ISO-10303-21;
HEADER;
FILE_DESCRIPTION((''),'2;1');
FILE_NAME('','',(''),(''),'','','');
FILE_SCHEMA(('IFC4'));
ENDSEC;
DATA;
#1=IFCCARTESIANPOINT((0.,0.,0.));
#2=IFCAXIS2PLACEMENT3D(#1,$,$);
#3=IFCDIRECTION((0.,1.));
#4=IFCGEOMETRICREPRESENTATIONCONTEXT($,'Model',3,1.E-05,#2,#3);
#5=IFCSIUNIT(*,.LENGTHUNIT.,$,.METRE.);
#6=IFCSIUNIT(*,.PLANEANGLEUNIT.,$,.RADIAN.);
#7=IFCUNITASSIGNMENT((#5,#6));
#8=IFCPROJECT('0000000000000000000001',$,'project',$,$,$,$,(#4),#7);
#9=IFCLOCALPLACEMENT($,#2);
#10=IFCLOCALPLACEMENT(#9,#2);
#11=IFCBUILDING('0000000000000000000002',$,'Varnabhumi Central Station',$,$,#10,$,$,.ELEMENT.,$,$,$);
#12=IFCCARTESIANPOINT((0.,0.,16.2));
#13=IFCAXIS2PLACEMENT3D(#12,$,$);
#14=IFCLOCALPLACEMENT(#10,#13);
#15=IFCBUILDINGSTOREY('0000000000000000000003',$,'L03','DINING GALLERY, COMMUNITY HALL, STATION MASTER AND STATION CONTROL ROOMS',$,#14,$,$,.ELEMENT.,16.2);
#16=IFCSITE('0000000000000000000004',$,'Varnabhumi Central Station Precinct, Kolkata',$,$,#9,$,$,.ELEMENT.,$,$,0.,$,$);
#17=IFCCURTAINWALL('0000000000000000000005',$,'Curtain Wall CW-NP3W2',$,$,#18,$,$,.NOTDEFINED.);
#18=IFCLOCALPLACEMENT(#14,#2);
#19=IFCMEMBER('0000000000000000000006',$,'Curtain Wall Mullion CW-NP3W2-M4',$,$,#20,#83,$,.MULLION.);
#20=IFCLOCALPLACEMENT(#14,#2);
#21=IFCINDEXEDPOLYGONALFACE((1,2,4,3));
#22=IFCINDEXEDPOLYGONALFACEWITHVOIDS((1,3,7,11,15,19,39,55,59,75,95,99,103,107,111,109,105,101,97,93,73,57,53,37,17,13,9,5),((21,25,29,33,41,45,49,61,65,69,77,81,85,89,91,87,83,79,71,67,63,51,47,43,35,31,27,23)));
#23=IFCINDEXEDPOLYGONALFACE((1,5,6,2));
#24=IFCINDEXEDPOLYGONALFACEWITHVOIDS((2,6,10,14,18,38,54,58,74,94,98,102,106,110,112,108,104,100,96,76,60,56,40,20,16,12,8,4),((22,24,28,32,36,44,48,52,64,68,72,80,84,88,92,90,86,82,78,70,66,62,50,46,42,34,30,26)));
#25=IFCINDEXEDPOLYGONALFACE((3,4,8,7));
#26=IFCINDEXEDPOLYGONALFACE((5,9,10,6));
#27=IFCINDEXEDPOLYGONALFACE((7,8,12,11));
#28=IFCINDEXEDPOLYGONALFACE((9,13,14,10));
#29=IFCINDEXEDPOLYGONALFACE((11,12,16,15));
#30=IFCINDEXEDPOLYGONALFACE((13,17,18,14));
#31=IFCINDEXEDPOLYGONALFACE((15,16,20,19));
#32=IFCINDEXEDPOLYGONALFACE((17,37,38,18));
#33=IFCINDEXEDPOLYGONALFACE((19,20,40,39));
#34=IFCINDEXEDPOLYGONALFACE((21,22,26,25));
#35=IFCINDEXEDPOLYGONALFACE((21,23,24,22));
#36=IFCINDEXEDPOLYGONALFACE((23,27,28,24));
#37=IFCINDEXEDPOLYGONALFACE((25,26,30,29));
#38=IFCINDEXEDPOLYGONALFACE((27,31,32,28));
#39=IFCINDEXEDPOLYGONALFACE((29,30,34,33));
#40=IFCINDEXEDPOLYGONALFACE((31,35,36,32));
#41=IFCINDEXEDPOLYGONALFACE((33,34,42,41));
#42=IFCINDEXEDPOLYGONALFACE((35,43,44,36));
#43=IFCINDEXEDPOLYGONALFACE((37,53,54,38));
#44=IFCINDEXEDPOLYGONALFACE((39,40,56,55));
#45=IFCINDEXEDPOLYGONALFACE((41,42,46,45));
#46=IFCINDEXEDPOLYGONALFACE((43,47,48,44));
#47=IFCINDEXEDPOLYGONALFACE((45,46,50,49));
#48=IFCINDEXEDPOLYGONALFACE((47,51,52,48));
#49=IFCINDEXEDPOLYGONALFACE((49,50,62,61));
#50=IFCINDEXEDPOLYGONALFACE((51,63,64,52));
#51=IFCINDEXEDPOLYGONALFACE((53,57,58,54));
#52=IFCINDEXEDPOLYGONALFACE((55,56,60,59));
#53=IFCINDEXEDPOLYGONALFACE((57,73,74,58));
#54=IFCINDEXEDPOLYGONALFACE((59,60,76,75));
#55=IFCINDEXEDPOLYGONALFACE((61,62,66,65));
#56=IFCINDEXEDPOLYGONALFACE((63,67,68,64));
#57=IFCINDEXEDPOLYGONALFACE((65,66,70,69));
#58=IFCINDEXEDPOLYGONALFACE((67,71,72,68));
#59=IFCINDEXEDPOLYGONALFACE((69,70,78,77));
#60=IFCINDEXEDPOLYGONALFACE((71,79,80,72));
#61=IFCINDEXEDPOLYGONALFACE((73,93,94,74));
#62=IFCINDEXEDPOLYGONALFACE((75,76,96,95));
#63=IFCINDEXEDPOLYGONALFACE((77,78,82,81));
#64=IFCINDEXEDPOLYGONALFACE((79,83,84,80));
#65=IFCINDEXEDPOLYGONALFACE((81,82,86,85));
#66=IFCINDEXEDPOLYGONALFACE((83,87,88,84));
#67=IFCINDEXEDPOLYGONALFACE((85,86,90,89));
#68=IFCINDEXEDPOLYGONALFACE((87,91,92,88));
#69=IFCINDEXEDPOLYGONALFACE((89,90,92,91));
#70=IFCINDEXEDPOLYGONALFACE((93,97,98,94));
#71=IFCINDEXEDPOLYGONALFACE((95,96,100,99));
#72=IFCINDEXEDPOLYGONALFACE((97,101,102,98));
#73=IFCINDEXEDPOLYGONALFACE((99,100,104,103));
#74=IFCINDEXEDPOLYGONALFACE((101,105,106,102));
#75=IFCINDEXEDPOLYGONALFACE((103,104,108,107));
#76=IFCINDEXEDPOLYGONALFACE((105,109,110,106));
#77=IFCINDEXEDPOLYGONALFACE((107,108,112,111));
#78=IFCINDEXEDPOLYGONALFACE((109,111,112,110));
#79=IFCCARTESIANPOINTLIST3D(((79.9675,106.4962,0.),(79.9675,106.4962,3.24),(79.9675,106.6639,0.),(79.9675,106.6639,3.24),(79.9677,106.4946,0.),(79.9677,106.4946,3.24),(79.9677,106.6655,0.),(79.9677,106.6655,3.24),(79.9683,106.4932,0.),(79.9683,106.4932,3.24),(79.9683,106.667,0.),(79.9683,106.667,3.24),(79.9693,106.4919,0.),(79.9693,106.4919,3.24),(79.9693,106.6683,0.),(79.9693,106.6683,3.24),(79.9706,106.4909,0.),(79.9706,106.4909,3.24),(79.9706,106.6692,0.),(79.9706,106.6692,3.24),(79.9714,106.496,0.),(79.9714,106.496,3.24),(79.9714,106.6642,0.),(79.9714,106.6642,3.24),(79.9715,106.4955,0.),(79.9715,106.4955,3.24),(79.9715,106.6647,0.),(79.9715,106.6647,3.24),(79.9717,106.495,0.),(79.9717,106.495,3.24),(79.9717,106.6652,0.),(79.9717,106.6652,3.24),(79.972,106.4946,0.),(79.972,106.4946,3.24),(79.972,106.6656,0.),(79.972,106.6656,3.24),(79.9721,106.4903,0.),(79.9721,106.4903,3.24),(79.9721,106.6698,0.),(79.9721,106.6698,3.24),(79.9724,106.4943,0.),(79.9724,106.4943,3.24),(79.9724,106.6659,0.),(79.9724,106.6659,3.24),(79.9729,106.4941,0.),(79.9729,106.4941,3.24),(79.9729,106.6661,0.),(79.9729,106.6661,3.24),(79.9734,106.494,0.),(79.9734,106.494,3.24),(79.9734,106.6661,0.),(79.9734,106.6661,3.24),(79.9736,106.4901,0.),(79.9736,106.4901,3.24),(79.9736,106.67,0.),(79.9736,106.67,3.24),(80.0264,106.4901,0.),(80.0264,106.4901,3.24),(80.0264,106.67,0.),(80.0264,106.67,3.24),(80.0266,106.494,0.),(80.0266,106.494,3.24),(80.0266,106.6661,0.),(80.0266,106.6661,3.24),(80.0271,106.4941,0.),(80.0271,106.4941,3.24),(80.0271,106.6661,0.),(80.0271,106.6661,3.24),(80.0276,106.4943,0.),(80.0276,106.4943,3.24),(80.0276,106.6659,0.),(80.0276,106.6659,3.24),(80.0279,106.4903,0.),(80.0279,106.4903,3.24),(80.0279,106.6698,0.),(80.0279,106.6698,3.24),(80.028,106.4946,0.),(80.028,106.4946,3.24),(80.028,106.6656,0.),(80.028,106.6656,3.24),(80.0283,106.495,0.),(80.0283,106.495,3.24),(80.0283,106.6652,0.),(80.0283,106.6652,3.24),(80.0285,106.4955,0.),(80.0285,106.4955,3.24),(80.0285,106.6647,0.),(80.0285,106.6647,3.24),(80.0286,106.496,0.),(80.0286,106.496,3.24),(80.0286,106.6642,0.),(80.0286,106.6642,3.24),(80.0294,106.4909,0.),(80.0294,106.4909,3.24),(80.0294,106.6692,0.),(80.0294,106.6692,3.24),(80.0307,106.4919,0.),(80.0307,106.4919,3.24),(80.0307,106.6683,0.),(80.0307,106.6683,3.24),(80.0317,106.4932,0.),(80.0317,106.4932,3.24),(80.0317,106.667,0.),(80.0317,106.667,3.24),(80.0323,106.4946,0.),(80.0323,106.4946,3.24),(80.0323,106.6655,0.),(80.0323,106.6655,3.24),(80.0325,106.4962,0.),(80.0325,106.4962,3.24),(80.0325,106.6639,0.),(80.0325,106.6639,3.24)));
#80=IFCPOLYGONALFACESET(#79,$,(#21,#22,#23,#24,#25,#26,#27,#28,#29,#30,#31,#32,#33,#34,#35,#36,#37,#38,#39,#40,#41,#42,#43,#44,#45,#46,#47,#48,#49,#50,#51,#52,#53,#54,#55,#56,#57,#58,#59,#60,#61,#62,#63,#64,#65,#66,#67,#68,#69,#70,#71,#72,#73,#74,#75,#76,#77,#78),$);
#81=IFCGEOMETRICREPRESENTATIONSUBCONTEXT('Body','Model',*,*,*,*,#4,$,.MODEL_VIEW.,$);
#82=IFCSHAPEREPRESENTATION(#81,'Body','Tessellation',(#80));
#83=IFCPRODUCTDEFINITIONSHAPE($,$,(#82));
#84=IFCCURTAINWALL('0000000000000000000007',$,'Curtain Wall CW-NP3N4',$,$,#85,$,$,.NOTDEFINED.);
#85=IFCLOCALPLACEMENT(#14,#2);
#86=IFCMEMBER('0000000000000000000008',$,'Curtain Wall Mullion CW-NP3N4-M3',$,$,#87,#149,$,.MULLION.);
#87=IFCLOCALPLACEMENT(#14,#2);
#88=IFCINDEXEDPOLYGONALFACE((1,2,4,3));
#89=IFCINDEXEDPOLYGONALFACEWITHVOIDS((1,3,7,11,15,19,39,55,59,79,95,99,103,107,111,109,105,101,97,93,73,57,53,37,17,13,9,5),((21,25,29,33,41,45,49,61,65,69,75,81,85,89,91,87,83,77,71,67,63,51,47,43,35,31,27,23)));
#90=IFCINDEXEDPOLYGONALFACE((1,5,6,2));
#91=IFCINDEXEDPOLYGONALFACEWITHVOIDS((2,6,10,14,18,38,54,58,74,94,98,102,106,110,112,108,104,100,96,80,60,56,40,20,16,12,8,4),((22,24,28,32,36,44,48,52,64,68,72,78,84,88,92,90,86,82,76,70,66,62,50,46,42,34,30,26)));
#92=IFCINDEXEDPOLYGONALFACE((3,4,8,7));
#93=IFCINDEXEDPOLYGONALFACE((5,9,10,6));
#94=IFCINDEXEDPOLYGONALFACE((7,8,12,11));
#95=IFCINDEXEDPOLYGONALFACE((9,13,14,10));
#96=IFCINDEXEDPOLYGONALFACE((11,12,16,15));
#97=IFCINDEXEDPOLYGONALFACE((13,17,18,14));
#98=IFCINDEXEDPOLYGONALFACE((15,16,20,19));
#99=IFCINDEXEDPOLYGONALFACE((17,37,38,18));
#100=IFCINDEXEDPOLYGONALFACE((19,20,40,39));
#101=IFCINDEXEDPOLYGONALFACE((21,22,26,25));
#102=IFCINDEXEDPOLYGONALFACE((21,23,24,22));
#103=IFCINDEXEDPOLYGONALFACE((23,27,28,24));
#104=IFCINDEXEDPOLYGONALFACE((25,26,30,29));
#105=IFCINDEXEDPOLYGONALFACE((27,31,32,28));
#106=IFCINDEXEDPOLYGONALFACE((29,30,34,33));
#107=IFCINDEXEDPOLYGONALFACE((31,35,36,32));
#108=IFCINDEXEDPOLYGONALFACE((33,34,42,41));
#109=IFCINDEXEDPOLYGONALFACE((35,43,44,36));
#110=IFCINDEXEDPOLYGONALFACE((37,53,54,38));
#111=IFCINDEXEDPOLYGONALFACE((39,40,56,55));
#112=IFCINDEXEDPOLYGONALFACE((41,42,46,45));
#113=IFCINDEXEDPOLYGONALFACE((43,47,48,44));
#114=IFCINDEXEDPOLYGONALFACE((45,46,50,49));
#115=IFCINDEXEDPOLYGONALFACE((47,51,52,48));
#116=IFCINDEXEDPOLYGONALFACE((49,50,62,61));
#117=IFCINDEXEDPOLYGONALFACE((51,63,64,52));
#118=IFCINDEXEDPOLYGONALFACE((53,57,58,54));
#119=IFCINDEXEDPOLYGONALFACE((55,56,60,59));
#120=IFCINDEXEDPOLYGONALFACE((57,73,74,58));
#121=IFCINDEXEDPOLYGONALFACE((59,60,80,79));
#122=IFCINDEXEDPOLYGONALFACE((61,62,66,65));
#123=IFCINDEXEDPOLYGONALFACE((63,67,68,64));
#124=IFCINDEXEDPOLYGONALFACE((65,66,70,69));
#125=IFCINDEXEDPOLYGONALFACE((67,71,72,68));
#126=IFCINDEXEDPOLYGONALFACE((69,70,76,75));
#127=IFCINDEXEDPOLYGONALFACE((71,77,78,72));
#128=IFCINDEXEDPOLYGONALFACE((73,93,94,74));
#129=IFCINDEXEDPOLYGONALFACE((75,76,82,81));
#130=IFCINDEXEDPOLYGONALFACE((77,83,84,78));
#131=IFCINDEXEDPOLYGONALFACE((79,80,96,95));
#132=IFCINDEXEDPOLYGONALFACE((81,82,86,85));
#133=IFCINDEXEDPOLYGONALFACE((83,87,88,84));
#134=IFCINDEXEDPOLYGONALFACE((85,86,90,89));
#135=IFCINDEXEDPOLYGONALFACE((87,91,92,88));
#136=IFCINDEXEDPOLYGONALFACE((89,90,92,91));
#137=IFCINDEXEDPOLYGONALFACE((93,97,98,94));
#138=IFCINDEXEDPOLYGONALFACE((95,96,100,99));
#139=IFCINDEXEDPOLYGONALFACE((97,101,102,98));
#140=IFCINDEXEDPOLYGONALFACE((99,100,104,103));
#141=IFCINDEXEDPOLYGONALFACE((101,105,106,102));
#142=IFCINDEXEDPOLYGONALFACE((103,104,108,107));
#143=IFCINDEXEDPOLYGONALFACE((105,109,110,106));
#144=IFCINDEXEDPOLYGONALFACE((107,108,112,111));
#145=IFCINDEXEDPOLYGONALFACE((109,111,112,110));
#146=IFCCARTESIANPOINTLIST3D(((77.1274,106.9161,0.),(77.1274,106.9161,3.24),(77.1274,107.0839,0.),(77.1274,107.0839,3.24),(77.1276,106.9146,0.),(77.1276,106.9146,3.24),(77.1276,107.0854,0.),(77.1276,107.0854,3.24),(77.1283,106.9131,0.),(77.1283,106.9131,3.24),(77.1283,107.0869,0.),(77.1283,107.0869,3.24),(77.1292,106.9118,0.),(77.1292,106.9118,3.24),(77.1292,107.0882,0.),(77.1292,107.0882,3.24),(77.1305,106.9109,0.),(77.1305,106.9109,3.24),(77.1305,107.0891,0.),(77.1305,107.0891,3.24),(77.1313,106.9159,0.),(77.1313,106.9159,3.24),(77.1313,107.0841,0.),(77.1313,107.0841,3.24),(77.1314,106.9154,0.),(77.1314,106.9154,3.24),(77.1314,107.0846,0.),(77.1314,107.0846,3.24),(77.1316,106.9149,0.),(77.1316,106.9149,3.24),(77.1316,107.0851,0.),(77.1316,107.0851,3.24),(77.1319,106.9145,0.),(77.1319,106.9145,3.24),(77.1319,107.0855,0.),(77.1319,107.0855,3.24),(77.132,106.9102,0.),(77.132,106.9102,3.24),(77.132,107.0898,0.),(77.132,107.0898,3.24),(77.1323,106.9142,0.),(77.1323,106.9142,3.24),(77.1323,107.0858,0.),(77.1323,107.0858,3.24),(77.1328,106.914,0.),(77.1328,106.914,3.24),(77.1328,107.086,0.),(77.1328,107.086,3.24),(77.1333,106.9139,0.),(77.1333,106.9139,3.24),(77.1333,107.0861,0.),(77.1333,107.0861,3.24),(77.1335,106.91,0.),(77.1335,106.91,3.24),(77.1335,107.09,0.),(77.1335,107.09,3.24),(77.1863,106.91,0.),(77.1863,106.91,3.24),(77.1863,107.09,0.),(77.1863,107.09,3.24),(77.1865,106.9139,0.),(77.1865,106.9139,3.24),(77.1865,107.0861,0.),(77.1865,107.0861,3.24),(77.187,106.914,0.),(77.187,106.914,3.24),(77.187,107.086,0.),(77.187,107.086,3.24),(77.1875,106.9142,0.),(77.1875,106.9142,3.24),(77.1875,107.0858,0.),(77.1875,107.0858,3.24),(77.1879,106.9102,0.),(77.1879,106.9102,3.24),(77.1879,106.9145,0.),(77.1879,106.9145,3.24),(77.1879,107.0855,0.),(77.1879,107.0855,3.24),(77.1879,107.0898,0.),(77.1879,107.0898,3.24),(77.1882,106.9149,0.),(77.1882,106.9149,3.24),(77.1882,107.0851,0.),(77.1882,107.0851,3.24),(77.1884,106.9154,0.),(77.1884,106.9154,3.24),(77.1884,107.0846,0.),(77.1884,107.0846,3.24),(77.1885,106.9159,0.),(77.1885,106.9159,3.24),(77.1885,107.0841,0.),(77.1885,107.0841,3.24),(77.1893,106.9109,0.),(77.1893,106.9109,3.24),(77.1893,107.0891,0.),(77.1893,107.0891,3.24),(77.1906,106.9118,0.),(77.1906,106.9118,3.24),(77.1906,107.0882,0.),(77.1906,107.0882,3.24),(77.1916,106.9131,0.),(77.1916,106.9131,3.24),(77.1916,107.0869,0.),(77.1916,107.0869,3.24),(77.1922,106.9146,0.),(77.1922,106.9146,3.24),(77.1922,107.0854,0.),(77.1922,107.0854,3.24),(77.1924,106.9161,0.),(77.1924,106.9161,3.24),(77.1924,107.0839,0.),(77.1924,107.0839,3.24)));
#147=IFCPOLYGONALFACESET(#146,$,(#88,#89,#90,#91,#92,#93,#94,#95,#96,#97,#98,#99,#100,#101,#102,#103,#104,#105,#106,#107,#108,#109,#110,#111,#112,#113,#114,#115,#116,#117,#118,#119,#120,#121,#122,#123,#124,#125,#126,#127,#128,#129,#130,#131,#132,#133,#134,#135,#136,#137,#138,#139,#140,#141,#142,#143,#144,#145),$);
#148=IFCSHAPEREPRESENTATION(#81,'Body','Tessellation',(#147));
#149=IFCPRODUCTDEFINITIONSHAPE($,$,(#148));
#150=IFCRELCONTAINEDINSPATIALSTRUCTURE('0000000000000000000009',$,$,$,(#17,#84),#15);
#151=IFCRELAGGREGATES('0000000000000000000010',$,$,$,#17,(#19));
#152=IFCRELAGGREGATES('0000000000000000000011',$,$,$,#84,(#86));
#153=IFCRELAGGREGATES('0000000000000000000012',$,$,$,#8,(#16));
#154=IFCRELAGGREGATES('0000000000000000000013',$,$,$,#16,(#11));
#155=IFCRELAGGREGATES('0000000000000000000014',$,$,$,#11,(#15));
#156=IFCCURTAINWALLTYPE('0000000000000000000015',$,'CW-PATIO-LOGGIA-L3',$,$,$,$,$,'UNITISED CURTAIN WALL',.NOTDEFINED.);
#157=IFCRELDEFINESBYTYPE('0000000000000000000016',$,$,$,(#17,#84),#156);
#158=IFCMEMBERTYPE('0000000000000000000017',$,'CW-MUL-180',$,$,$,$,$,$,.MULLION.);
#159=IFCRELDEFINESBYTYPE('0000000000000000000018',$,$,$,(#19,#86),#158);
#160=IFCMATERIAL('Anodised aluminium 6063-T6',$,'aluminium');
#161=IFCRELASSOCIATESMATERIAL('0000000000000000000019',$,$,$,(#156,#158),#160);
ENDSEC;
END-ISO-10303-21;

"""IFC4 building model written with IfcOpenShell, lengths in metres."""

from ifc_helpers import new_model, si_unit, direction, frame, origin, origin_2d, place, context, subcontext, project, spatial, hollow_rectangle, extrude, material, material_profile, profile_set, type_object, element, aggregate, save


model = new_model("IFC4")

# Units and contexts
model_context = context("Model", 3, precision=1e-05, world=origin(), true_north=direction((0.0, 1.0)))
body_context = subcontext(model_context, "Body", "Model", "MODEL_VIEW")
ifc_project = project(units=[si_unit("LENGTHUNIT", "METRE"), si_unit("PLANEANGLEUNIT", "RADIAN")], contexts=[model_context])

# Site, building, storey
site_placement = place(None, origin())
site = spatial("IfcSite", under=ifc_project, at=site_placement, Name="Varnabhumi Central Station Precinct, Kolkata", CompositionType="ELEMENT", RefElevation=0.0)
building_placement = place(site_placement, origin())
building = spatial("IfcBuilding", under=site, at=building_placement, Name="Varnabhumi Central Station", CompositionType="ELEMENT")
storey_placement = place(building_placement, frame((0.0, 0.0, 16.2)))
storey = spatial("IfcBuildingStorey", under=building, at=storey_placement, Name="L03", Description="DINING GALLERY, COMMUNITY HALL, STATION MASTER AND STATION CONTROL ROOMS", CompositionType="ELEMENT", Elevation=16.2)

# Curtain walls, members
ifc_material_1 = material(Name="Anodised aluminium 6063-T6", Category="aluminium")
curtain_wall_type = type_object("IfcCurtainWallType", Name="CW-PATIO-LOGGIA-L3", ElementType="UNITISED CURTAIN WALL", PredefinedType="NOTDEFINED", material=ifc_material_1)
curtain_wall_1_placement = place(storey_placement, origin())
curtain_wall_1 = element("IfcCurtainWall", 1, at=curtain_wall_1_placement, inside=storey, type_object=curtain_wall_type, Name="Curtain Wall CW-NP3W2", PredefinedType="NOTDEFINED")
ifc_material_profile_1 = material_profile(ifc_material_1, hollow_rectangle(XDim=0.0649, YDim=0.1799, WallThickness=0.0039, InnerFilletRadius=0.002, OuterFilletRadius=0.0061, at=origin_2d()), Name="Anodised aluminium 6063-T6", Category="aluminium")
ifc_profile_set_1 = profile_set([ifc_material_profile_1], Name="Anodised aluminium 6063-T6")
member_type = type_object("IfcMemberType", Name="CW-MUL-180", PredefinedType="MULLION", material=ifc_profile_set_1)
member_1_placement = place(storey_placement, frame((80.0, 106.5801, 0.0), z_axis=(0.0, 0.0, 1.0), x_axis=(1.0, 0.0, 0.0)))
member_1 = element("IfcMember", 2, at=member_1_placement, type_object=member_type, Name="Curtain Wall Mullion CW-NP3W2-M4", PredefinedType="MULLION", context=body_context, shape_type="SweptSolid", body=[
    extrude(hollow_rectangle(XDim=0.0649, YDim=0.1799, WallThickness=0.0039, InnerFilletRadius=0.002, OuterFilletRadius=0.0061, at=origin_2d()), origin(), (0.0, 0.0, 1.0), 3.24),
])
curtain_wall_2_placement = place(storey_placement, origin())
curtain_wall_2 = element("IfcCurtainWall", 3, at=curtain_wall_2_placement, inside=storey, type_object=curtain_wall_type, Name="Curtain Wall CW-NP3N4", PredefinedType="NOTDEFINED")
member_2_placement = place(storey_placement, frame((77.1599, 107.0, 0.0), z_axis=(0.0, 0.0, 1.0), x_axis=(1.0, 0.0, 0.0)))
member_2 = element("IfcMember", 4, at=member_2_placement, type_object=member_type, Name="Curtain Wall Mullion CW-NP3N4-M3", PredefinedType="MULLION", context=body_context, shape_type="SweptSolid", body=[
    extrude(hollow_rectangle(XDim=0.0649, YDim=0.1799, WallThickness=0.0039, InnerFilletRadius=0.002, OuterFilletRadius=0.0061, at=origin_2d()), origin(), (0.0, 0.0, 1.0), 3.24),
])

aggregate(curtain_wall_1, [member_1])
aggregate(curtain_wall_2, [member_2])

save(model, "model.ifc")
